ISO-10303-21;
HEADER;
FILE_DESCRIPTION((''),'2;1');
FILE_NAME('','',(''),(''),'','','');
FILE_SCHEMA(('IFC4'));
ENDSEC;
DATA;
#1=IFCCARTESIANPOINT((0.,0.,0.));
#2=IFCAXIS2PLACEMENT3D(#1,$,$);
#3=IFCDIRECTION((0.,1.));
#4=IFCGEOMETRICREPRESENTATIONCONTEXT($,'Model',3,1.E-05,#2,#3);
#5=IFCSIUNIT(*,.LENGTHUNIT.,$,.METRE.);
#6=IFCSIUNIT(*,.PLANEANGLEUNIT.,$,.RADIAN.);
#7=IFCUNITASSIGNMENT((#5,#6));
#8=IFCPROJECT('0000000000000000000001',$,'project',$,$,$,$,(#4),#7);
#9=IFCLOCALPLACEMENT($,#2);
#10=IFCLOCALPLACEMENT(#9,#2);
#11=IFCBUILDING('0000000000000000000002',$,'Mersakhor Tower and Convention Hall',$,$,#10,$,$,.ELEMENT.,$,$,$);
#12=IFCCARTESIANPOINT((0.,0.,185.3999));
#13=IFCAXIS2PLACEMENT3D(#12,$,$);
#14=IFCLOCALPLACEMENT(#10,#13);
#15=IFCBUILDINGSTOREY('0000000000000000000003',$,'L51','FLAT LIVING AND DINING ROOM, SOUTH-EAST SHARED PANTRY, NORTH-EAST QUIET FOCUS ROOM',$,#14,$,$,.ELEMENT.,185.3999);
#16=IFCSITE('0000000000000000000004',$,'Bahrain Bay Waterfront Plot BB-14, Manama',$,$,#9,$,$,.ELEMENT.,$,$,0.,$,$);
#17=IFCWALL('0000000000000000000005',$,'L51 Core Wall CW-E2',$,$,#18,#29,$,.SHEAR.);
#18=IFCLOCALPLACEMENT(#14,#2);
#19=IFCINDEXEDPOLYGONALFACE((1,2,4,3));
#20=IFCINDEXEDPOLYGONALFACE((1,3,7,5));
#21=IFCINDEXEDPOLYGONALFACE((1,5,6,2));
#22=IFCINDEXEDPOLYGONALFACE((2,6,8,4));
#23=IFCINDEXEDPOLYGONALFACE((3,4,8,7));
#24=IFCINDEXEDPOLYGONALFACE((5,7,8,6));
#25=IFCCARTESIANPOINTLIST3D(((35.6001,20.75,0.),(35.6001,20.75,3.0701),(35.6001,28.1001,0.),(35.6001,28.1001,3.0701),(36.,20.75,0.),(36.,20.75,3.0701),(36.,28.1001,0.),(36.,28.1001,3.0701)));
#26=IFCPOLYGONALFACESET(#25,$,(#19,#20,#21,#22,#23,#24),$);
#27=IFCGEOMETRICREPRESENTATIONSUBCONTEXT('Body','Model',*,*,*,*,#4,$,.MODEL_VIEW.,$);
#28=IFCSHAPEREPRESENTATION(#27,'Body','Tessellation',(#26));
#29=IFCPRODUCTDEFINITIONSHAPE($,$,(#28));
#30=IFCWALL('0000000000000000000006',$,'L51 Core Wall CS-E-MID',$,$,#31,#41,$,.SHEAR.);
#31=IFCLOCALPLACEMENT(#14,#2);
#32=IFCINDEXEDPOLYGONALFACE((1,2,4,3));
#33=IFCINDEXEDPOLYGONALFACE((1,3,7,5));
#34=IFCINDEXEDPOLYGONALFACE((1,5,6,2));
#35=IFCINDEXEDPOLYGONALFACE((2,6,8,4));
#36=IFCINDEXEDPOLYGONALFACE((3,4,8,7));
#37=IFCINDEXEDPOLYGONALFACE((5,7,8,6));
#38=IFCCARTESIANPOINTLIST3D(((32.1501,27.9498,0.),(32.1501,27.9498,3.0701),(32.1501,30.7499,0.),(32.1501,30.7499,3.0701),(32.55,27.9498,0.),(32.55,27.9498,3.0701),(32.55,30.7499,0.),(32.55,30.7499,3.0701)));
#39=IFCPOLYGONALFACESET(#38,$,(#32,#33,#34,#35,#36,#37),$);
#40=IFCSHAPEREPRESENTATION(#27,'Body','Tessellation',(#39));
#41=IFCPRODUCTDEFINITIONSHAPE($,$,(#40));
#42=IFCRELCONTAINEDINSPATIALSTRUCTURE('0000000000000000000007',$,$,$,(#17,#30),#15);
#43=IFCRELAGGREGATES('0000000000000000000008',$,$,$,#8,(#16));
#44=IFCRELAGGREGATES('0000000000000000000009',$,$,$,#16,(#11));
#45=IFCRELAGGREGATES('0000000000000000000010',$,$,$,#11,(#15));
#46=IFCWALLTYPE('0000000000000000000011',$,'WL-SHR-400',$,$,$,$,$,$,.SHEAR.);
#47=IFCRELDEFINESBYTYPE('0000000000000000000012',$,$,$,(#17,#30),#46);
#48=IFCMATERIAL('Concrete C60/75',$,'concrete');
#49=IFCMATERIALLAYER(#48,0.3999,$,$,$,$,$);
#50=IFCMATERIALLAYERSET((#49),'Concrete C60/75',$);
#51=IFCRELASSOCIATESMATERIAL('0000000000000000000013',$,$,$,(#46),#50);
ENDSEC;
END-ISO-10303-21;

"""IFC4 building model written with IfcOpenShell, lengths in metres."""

from ifc_helpers import new_model, si_unit, direction, frame, frame_2d, origin, place, context, subcontext, project, spatial, rectangle, extrude, material, layer, layer_set, type_object, element, save


model = new_model("IFC4")

# Units and contexts
model_context = context("Model", 3, precision=1e-05, world=origin(), true_north=direction((0.0, 1.0)))
body_context = subcontext(model_context, "Body", "Model", "MODEL_VIEW")
ifc_project = project(units=[si_unit("LENGTHUNIT", "METRE"), si_unit("PLANEANGLEUNIT", "RADIAN")], contexts=[model_context])

# Site, building, storey
site_placement = place(None, origin())
site = spatial("IfcSite", under=ifc_project, at=site_placement, Name="Bahrain Bay Waterfront Plot BB-14, Manama", CompositionType="ELEMENT", RefElevation=0.0)
building_placement = place(site_placement, origin())
building = spatial("IfcBuilding", under=site, at=building_placement, Name="Mersakhor Tower and Convention Hall", CompositionType="ELEMENT")
storey_placement = place(building_placement, frame((0.0, 0.0, 185.3999)))
storey = spatial("IfcBuildingStorey", under=building, at=storey_placement, Name="L51", Description="FLAT LIVING AND DINING ROOM, SOUTH-EAST SHARED PANTRY, NORTH-EAST QUIET FOCUS ROOM", CompositionType="ELEMENT", Elevation=185.3999)

# Shared definitions
ifc_material_1 = material(Name="Concrete C60/75", Category="concrete")
ifc_layer_1 = layer(ifc_material_1, 0.3999)
ifc_layer_set_1 = layer_set([ifc_layer_1], Name="Concrete C60/75")
wall_type_1 = type_object("IfcWallType", Name="WL-SHR-400", PredefinedType="SHEAR", material=ifc_layer_set_1)

# Walls
wall_1_placement = place(storey_placement, frame((35.8, 28.1001, 0.0), z_axis=(0.0, 0.0, 1.0), x_axis=(0.0, -1.0, 0.0)))
element("IfcWall", 1, at=wall_1_placement, inside=storey, type_object=wall_type_1, Name="L51 Core Wall CW-E2", PredefinedType="SHEAR", context=body_context, shape_type="SweptSolid", body=[
    extrude(rectangle(XDim=7.3501, YDim=0.3999, at=frame_2d((3.675, 0.0))), origin(), (0.0, 0.0, 1.0), 3.0701),
])
wall_2_placement = place(storey_placement, frame((32.3501, 27.95, 0.0), z_axis=(0.0, 0.0, 1.0), x_axis=(0.0, 1.0, 0.0)))
element("IfcWall", 2, at=wall_2_placement, inside=storey, type_object=wall_type_1, Name="L51 Core Wall CS-E-MID", PredefinedType="SHEAR", context=body_context, shape_type="SweptSolid", body=[
    extrude(rectangle(XDim=2.8, YDim=0.3999, at=frame_2d((1.3999, 0.0))), origin(), (0.0, 0.0, 1.0), 3.0701),
])

save(model, "model.ifc")
